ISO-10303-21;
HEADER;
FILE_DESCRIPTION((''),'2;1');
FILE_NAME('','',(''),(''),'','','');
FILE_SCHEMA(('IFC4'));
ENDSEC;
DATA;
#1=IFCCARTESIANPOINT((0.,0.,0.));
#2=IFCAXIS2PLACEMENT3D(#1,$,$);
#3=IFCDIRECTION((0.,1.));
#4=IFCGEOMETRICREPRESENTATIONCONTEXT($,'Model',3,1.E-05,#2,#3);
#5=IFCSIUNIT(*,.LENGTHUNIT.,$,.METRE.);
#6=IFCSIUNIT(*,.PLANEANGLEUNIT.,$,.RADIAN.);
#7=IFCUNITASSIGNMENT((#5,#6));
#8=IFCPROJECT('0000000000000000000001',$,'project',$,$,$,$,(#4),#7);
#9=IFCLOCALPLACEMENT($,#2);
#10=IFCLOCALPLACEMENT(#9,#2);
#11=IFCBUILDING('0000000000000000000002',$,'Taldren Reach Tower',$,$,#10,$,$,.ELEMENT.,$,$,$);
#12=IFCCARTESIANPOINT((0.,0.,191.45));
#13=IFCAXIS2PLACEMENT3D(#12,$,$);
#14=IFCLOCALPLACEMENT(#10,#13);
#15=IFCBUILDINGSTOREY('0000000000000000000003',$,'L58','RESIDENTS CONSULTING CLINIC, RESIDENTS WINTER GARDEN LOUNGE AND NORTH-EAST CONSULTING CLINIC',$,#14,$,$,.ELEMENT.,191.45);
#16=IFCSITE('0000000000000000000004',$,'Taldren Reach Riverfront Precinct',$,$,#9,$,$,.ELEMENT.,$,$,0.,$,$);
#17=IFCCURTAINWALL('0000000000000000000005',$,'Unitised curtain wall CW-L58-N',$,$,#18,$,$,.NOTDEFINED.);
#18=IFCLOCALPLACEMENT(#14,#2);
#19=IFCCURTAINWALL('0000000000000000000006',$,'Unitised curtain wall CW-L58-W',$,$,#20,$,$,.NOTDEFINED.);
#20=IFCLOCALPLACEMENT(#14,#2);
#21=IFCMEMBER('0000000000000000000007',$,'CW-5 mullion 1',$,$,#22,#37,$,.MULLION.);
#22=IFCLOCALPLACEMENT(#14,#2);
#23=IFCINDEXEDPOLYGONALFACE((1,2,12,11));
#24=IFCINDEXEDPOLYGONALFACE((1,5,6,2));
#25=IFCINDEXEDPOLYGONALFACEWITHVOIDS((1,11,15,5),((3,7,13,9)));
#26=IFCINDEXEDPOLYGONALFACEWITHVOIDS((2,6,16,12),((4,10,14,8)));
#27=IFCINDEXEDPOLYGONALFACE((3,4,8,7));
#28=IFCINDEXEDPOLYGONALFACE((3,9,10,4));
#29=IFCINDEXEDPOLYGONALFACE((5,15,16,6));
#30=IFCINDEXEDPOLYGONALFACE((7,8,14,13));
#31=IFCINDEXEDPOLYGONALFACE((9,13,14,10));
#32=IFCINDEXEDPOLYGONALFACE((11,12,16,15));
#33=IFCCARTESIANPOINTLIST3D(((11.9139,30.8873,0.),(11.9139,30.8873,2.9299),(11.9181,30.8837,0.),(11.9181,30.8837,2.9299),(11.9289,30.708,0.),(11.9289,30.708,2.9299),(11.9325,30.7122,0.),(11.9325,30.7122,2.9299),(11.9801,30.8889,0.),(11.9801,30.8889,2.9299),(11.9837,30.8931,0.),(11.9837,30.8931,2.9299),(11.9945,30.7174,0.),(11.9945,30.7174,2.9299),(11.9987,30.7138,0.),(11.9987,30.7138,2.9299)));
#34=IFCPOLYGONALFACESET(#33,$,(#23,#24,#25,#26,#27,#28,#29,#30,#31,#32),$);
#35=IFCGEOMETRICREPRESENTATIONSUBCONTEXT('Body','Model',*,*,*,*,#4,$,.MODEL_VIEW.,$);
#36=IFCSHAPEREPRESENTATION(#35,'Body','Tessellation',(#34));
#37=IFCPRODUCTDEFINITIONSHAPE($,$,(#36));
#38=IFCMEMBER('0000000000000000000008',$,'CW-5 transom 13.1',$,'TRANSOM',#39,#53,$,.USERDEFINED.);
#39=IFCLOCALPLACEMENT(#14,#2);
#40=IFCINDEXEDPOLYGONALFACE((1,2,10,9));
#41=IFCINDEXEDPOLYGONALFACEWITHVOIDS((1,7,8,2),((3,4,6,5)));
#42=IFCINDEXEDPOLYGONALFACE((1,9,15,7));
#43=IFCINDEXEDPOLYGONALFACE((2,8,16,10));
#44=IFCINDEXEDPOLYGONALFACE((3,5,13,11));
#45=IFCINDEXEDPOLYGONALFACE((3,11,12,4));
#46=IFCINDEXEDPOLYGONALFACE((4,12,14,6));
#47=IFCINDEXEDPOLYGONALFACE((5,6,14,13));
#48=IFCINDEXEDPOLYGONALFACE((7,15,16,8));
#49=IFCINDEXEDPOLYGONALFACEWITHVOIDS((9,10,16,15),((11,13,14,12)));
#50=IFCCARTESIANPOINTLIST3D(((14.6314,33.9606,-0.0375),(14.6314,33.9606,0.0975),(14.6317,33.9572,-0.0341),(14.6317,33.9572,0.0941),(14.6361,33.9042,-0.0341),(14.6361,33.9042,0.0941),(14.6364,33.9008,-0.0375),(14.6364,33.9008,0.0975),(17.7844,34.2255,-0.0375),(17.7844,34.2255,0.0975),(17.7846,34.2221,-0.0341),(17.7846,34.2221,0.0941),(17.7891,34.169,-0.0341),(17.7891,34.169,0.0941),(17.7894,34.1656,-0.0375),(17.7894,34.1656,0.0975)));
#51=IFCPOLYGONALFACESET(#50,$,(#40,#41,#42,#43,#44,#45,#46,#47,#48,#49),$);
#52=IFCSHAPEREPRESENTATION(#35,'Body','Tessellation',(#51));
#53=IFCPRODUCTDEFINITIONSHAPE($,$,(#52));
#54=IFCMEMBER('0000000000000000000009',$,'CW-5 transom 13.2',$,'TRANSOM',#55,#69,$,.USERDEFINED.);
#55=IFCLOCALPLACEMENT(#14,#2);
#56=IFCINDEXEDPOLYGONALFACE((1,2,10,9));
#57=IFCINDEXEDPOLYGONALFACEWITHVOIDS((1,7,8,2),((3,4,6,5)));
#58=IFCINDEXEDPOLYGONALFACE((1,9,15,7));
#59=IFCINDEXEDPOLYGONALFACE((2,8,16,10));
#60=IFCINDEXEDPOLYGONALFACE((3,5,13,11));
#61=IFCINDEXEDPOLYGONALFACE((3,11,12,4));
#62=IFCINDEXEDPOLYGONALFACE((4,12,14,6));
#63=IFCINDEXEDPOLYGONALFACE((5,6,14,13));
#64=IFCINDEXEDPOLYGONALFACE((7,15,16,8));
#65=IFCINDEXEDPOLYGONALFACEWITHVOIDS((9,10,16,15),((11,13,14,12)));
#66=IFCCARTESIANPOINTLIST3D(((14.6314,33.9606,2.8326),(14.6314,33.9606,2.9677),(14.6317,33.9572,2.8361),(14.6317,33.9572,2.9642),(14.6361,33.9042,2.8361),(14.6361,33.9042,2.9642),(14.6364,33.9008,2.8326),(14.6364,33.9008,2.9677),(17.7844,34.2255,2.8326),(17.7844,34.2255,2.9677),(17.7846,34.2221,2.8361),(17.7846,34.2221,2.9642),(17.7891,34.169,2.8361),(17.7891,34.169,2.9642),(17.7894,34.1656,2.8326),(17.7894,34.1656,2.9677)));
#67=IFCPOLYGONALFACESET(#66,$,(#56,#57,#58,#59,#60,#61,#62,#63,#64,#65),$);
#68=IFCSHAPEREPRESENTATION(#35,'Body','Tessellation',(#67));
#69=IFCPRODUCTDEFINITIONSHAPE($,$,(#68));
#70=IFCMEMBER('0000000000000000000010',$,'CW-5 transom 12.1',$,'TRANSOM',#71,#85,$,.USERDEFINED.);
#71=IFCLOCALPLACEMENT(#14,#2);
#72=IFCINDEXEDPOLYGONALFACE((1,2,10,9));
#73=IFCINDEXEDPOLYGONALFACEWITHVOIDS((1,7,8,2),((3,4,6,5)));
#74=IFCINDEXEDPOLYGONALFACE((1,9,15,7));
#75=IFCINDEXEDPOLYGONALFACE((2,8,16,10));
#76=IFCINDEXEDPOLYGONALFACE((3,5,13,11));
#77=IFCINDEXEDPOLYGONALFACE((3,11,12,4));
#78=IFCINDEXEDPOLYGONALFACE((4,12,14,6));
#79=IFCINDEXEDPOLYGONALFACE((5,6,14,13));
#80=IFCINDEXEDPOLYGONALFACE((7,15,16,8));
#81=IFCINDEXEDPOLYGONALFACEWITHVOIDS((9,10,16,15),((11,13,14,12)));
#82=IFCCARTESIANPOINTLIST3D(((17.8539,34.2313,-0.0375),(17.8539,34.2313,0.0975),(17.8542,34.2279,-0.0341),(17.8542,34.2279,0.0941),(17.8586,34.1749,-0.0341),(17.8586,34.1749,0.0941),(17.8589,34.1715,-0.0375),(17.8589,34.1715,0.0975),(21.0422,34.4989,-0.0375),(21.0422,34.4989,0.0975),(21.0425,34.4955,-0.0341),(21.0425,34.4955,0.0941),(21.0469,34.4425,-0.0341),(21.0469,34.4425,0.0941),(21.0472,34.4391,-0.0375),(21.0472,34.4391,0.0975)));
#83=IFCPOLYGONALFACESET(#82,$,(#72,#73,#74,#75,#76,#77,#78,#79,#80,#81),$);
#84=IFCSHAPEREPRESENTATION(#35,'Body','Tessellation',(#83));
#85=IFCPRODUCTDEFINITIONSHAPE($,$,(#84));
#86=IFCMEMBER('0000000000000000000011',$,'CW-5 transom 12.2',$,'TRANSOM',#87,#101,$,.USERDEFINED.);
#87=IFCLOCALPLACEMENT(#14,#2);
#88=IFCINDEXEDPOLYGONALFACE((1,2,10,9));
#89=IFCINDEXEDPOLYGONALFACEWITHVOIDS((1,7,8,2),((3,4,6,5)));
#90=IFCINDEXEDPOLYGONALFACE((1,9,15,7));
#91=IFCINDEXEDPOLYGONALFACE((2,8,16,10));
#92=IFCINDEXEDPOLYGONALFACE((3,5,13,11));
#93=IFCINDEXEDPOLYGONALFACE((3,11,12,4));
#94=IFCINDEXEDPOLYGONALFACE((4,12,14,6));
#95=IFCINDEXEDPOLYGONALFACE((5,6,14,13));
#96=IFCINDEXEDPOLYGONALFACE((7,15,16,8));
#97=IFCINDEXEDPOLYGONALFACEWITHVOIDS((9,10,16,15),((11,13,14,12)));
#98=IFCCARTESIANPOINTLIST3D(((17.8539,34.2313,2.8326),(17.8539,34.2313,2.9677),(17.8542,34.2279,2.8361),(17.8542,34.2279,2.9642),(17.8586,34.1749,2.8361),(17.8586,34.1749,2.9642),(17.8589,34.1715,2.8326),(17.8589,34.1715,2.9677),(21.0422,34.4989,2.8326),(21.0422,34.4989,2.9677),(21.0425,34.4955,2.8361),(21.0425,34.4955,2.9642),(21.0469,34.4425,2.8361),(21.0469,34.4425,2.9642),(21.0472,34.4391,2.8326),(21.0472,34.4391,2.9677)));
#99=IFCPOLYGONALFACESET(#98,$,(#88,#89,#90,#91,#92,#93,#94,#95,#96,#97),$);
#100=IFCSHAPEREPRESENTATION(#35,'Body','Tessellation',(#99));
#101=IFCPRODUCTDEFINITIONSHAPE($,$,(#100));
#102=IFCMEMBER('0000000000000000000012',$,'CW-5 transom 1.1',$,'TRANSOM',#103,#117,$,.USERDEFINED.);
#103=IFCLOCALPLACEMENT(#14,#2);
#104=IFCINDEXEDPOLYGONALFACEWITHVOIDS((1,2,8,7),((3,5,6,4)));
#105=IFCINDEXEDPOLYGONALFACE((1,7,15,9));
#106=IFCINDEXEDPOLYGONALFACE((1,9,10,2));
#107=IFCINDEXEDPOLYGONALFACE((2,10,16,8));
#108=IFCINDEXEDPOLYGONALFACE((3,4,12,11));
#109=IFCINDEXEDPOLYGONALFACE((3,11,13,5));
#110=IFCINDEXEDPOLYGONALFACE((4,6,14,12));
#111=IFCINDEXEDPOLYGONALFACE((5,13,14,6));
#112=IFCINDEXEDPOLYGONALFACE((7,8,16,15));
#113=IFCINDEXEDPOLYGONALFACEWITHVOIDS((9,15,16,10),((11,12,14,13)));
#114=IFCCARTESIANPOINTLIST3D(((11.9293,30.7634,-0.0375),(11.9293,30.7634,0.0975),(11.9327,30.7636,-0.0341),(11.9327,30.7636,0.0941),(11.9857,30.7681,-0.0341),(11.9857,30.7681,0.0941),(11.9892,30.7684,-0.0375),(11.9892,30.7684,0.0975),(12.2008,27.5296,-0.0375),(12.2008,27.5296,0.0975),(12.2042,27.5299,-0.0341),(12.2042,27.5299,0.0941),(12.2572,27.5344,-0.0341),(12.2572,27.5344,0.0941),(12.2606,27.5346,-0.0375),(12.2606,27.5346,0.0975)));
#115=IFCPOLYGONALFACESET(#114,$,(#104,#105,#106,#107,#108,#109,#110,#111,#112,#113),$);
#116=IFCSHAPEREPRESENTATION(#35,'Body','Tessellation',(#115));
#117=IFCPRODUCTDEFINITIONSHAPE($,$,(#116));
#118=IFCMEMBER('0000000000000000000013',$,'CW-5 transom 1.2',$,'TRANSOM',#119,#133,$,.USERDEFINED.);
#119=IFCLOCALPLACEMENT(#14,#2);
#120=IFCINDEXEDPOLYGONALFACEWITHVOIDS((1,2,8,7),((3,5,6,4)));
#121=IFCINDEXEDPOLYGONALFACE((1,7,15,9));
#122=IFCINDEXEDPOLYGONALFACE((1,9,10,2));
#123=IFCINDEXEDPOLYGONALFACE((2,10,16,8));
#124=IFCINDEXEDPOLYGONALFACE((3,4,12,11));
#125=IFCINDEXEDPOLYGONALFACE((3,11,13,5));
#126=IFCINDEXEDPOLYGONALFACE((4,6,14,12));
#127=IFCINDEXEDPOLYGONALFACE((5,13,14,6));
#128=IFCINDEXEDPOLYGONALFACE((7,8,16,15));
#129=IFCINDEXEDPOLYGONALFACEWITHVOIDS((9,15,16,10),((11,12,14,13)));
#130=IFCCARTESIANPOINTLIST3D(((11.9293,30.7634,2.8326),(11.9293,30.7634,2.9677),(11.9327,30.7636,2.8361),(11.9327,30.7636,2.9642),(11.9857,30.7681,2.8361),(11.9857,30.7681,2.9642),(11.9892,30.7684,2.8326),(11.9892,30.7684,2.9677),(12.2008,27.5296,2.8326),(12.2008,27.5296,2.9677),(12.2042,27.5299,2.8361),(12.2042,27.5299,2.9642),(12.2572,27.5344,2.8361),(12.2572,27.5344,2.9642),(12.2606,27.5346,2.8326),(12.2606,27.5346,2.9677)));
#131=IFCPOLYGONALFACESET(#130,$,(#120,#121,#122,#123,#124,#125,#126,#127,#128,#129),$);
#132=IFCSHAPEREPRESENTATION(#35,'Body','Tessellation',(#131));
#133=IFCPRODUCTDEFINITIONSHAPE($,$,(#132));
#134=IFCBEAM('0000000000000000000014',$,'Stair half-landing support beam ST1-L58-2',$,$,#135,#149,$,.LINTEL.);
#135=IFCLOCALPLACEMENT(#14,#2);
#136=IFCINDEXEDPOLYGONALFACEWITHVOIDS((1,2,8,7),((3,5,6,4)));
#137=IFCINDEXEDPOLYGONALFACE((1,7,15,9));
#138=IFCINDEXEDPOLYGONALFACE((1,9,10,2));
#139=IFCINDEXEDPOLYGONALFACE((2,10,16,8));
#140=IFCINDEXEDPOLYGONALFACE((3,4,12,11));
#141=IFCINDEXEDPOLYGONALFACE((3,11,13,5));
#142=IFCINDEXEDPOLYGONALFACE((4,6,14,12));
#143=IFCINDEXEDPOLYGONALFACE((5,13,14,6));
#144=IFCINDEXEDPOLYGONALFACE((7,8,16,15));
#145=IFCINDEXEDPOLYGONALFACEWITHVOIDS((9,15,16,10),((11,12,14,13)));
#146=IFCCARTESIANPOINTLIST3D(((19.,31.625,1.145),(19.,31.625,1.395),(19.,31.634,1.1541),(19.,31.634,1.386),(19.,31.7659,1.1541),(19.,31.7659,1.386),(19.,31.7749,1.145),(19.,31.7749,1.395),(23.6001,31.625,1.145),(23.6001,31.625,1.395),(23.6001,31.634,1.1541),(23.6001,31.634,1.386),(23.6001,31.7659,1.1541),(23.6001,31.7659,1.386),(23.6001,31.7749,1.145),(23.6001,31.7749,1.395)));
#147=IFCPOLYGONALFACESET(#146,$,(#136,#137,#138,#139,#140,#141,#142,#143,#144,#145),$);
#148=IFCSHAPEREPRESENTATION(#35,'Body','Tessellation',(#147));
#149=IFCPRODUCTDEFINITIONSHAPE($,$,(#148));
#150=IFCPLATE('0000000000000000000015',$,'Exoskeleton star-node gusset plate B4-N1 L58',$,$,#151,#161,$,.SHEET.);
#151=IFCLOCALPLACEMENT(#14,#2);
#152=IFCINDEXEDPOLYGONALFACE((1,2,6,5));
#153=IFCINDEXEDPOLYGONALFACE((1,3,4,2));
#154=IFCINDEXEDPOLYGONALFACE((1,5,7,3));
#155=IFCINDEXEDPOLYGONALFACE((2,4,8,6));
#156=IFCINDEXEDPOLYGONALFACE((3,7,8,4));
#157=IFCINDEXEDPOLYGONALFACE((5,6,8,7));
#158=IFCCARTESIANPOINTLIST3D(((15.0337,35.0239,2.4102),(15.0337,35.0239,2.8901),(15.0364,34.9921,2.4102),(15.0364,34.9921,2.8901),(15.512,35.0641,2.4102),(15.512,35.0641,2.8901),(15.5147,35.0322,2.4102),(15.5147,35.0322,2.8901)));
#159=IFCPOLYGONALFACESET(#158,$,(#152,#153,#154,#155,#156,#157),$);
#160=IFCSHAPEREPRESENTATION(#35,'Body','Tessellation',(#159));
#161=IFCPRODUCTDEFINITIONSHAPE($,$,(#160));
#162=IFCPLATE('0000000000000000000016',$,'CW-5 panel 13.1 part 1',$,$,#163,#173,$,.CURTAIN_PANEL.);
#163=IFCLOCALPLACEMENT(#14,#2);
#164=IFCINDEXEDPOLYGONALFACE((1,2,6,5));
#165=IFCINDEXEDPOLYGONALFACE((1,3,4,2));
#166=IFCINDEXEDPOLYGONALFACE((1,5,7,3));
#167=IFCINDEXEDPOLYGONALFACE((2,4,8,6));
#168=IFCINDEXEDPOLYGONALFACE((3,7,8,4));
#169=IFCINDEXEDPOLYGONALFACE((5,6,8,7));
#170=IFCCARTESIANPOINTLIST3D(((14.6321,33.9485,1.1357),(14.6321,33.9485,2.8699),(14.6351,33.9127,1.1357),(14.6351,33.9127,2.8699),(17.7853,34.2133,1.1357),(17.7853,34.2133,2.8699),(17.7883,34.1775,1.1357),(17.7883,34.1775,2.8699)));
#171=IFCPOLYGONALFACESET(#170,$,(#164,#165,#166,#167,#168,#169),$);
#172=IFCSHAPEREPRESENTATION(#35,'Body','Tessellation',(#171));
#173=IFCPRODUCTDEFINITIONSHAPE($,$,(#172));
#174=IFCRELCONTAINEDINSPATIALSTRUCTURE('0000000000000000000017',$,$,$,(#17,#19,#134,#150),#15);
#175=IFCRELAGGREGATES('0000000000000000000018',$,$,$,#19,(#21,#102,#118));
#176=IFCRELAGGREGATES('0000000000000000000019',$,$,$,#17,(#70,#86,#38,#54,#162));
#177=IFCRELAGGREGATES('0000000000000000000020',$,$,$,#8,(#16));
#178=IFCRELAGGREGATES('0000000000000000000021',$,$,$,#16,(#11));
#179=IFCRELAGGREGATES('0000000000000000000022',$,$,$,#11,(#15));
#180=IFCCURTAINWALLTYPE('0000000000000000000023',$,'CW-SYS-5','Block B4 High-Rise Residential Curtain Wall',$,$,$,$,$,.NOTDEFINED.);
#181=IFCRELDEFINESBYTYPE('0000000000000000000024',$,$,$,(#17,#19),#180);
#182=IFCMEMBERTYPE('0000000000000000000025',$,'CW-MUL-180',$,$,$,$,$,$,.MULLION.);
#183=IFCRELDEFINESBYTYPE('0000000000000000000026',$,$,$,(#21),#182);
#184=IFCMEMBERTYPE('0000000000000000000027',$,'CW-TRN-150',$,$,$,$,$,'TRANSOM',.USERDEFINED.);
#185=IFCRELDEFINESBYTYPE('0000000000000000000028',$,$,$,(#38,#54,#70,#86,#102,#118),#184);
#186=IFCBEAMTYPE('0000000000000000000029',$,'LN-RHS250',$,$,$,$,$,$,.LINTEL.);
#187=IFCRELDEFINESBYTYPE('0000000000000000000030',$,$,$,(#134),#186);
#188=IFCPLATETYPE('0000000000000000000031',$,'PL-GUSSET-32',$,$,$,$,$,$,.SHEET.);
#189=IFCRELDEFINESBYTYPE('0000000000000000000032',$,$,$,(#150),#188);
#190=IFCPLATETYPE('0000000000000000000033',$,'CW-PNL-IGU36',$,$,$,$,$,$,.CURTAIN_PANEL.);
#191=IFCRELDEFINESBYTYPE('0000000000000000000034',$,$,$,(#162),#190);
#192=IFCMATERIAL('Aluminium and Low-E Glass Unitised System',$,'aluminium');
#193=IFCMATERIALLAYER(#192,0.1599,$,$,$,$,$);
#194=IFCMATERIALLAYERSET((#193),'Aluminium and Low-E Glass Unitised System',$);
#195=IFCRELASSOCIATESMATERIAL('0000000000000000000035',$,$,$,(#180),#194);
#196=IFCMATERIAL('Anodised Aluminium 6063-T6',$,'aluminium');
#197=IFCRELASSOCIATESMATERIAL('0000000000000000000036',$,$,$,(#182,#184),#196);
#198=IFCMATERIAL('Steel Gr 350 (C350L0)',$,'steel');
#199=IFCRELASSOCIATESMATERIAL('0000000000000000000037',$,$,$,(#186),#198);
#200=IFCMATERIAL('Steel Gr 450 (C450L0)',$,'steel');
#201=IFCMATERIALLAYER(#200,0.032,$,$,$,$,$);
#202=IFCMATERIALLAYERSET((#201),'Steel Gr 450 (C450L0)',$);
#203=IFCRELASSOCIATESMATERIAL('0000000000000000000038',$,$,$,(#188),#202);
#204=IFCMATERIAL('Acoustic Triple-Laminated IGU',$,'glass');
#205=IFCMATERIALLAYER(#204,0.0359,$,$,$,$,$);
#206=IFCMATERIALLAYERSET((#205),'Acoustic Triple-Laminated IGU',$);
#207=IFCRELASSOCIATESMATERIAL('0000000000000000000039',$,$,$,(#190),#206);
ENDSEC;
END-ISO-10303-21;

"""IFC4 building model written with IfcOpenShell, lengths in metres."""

from ifc_helpers import new_model, si_unit, direction, frame, origin, origin_2d, place, context, subcontext, project, spatial, rectangle, hollow_rectangle, extrude, source, transform, mapped, material, layer, layer_set, material_profile, profile_set, type_object, element, aggregate, save


model = new_model("IFC4")

# Units and contexts
model_context = context("Model", 3, precision=1e-05, world=origin(), true_north=direction((0.0, 1.0)))
body_context = subcontext(model_context, "Body", "Model", "MODEL_VIEW")
ifc_project = project(units=[si_unit("LENGTHUNIT", "METRE"), si_unit("PLANEANGLEUNIT", "RADIAN")], contexts=[model_context])

# Site, building, storey
site_placement = place(None, origin())
site = spatial("IfcSite", under=ifc_project, at=site_placement, Name="Taldren Reach Riverfront Precinct", CompositionType="ELEMENT", RefElevation=0.0)
building_placement = place(site_placement, origin())
building = spatial("IfcBuilding", under=site, at=building_placement, Name="Taldren Reach Tower", CompositionType="ELEMENT")
storey_placement = place(building_placement, frame((0.0, 0.0, 191.45)))
storey = spatial("IfcBuildingStorey", under=building, at=storey_placement, Name="L58", Description="RESIDENTS CONSULTING CLINIC, RESIDENTS WINTER GARDEN LOUNGE AND NORTH-EAST CONSULTING CLINIC", CompositionType="ELEMENT", Elevation=191.45)

# Shared definitions
ifc_material_1 = material(Name="Steel Gr 450 (C450L0)", Category="steel")
ifc_material_2 = material(Name="Steel Gr 350 (C350L0)", Category="steel")

# Curtain wall
ifc_material_3 = material(Name="Aluminium and Low-E Glass Unitised System", Category="aluminium")
ifc_layer_1 = layer(ifc_material_3, 0.1599)
ifc_layer_set_1 = layer_set([ifc_layer_1], Name="Aluminium and Low-E Glass Unitised System")
curtain_wall_type = type_object("IfcCurtainWallType", Name="CW-SYS-5", Description="Block B4 High-Rise Residential Curtain Wall", PredefinedType="NOTDEFINED", material=ifc_layer_set_1)
curtain_wall_1_placement = place(storey_placement, origin())
curtain_wall_1 = element("IfcCurtainWall", 1, at=curtain_wall_1_placement, inside=storey, type_object=curtain_wall_type, Name="Unitised curtain wall CW-L58-N", PredefinedType="NOTDEFINED")
ifc_material_4 = material(Name="Anodised Aluminium 6063-T6", Category="aluminium")
ifc_material_profile_1 = material_profile(ifc_material_4, hollow_rectangle(XDim=0.0701, YDim=0.1799, WallThickness=0.0039, at=origin_2d()), Name="ALU-180x70x4RHS")
ifc_profile_set_1 = profile_set([ifc_material_profile_1], Name="Anodised Aluminium 6063-T6")
member_type_1 = type_object("IfcMemberType", Name="CW-MUL-180", PredefinedType="MULLION", material=ifc_profile_set_1)
shared_shape_1 = source(origin(), body_context, "Body", "SweptSolid", [
    extrude(hollow_rectangle(XDim=0.0701, YDim=0.1799, WallThickness=0.0039, at=origin_2d()), origin(), (0.0, 0.0, 1.0), 2.9299),
])

# Curtain wall, member
curtain_wall_2_placement = place(storey_placement, origin())
curtain_wall_2 = element("IfcCurtainWall", 2, at=curtain_wall_2_placement, inside=storey, type_object=curtain_wall_type, Name="Unitised curtain wall CW-L58-W", PredefinedType="NOTDEFINED")
member_1_placement = place(storey_placement, frame((11.9563, 30.8005, 0.0), z_axis=(0.0, 0.0, 1.0), x_axis=(0.996493, 0.083678, 0.0)))
member_1 = element("IfcMember", 3, at=member_1_placement, type_object=member_type_1, Name="CW-5 mullion 1", PredefinedType="MULLION", context=body_context, shape_type="MappedRepresentation", body=[
    mapped(shared_shape_1, transform((0.0, 0.0, 0.0), scale=1.0)),
])

# Members
ifc_material_profile_2 = material_profile(ifc_material_4, hollow_rectangle(XDim=0.0601, YDim=0.135, WallThickness=0.0034, at=origin_2d()), Name="ALU-135x60x3.5RHS")
ifc_profile_set_2 = profile_set([ifc_material_profile_2], Name="Anodised Aluminium 6063-T6")
member_type_2 = type_object("IfcMemberType", Name="CW-TRN-150", ElementType="TRANSOM", PredefinedType="USERDEFINED", material=ifc_profile_set_2)
shared_shape_2 = source(origin(), body_context, "Body", "SweptSolid", [
    extrude(hollow_rectangle(XDim=0.0601, YDim=0.135, WallThickness=0.0034, at=origin_2d()), origin(), (0.0, 0.0, 1.0), 3.1641),
])
member_2_placement = place(storey_placement, frame((17.7869, 34.1956, 0.03), z_axis=(-0.99649, -0.083716, 0.0), x_axis=(0.083716, -0.99649, 0.0)))
member_2 = element("IfcMember", 4, at=member_2_placement, type_object=member_type_2, Name="CW-5 transom 13.1", ObjectType="TRANSOM", PredefinedType="USERDEFINED", context=body_context, shape_type="MappedRepresentation", body=[
    mapped(shared_shape_2, transform((0.0, 0.0, 0.0), scale=1.0)),
])
member_3_placement = place(storey_placement, frame((17.7869, 34.1956, 2.9001), z_axis=(-0.99649, -0.083716, 0.0), x_axis=(0.083716, -0.99649, 0.0)))
member_3 = element("IfcMember", 5, at=member_3_placement, type_object=member_type_2, Name="CW-5 transom 13.2", ObjectType="TRANSOM", PredefinedType="USERDEFINED", context=body_context, shape_type="MappedRepresentation", body=[
    mapped(shared_shape_2, transform((0.0, 0.0, 0.0), scale=1.0)),
])
shared_shape_3 = source(origin(), body_context, "Body", "SweptSolid", [
    extrude(hollow_rectangle(XDim=0.0601, YDim=0.135, WallThickness=0.0034, at=origin_2d()), origin(), (0.0, 0.0, 1.0), 3.1995),
])
member_4_placement = place(storey_placement, frame((21.0447, 34.469, 0.03), z_axis=(-0.996497, -0.083633, 0.0), x_axis=(0.083633, -0.996497, 0.0)))
member_4 = element("IfcMember", 6, at=member_4_placement, type_object=member_type_2, Name="CW-5 transom 12.1", ObjectType="TRANSOM", PredefinedType="USERDEFINED", context=body_context, shape_type="MappedRepresentation", body=[
    mapped(shared_shape_3, transform((0.0, 0.0, 0.0), scale=1.0)),
])
member_5_placement = place(storey_placement, frame((21.0447, 34.469, 2.9001), z_axis=(-0.996497, -0.083633, 0.0), x_axis=(0.083633, -0.996497, 0.0)))
member_5 = element("IfcMember", 7, at=member_5_placement, type_object=member_type_2, Name="CW-5 transom 12.2", ObjectType="TRANSOM", PredefinedType="USERDEFINED", context=body_context, shape_type="MappedRepresentation", body=[
    mapped(shared_shape_3, transform((0.0, 0.0, 0.0), scale=1.0)),
])
shared_shape_4 = source(origin(), body_context, "Body", "SweptSolid", [
    extrude(hollow_rectangle(XDim=0.0601, YDim=0.135, WallThickness=0.0034, at=origin_2d()), origin(), (0.0, 0.0, 1.0), 3.2451),
])
member_6_placement = place(storey_placement, frame((11.9592, 30.7659, 0.03), z_axis=(0.083662, -0.996494, 0.0), x_axis=(0.996494, 0.083662, 0.0)))
member_6 = element("IfcMember", 8, at=member_6_placement, type_object=member_type_2, Name="CW-5 transom 1.1", ObjectType="TRANSOM", PredefinedType="USERDEFINED", context=body_context, shape_type="MappedRepresentation", body=[
    mapped(shared_shape_4, transform((0.0, 0.0, 0.0), scale=1.0)),
])
member_7_placement = place(storey_placement, frame((11.9592, 30.7659, 2.9001), z_axis=(0.083662, -0.996494, 0.0), x_axis=(0.996494, 0.083662, 0.0)))
member_7 = element("IfcMember", 9, at=member_7_placement, type_object=member_type_2, Name="CW-5 transom 1.2", ObjectType="TRANSOM", PredefinedType="USERDEFINED", context=body_context, shape_type="MappedRepresentation", body=[
    mapped(shared_shape_4, transform((0.0, 0.0, 0.0), scale=1.0)),
])
aggregate(curtain_wall_2, [member_1, member_6, member_7])

# Beam
ifc_material_profile_3 = material_profile(ifc_material_2, hollow_rectangle(XDim=0.1499, YDim=0.25, WallThickness=0.009, at=origin_2d()), Name="250x150x9.0RHS")
ifc_profile_set_3 = profile_set([ifc_material_profile_3], Name="Steel Gr 350 (C350L0)")
beam_type_1 = type_object("IfcBeamType", Name="LN-RHS250", PredefinedType="LINTEL", material=ifc_profile_set_3)
shared_shape_5 = source(origin(), body_context, "Body", "SweptSolid", [
    extrude(hollow_rectangle(XDim=0.1499, YDim=0.25, WallThickness=0.009, at=origin_2d()), origin(), (0.0, 0.0, 1.0), 4.6001),
])
beam_1_placement = place(storey_placement, frame((19.0, 31.7, 1.27), z_axis=(1.0, 0.0, 0.0), x_axis=(0.0, 1.0, 0.0)))
element("IfcBeam", 10, at=beam_1_placement, inside=storey, type_object=beam_type_1, Name="Stair half-landing support beam ST1-L58-2", PredefinedType="LINTEL", context=body_context, shape_type="MappedRepresentation", body=[
    mapped(shared_shape_5, transform((0.0, 0.0, 0.0), scale=1.0)),
])

# Plates
ifc_layer_2 = layer(ifc_material_1, 0.032)
ifc_layer_set_2 = layer_set([ifc_layer_2], Name="Steel Gr 450 (C450L0)")
plate_type_1 = type_object("IfcPlateType", Name="PL-GUSSET-32", PredefinedType="SHEET", material=ifc_layer_set_2)
shared_shape_6 = source(origin(), body_context, "Body", "SweptSolid", [
    extrude(rectangle(XDim=0.48, YDim=0.032, at=origin_2d()), origin(), (0.0, 0.0, 1.0), 0.48),
])
plate_1_placement = place(storey_placement, frame((15.2742, 35.0281, 2.4102), z_axis=(0.0, 0.0, 1.0), x_axis=(0.996493, 0.083678, 0.0)))
element("IfcPlate", 11, at=plate_1_placement, inside=storey, type_object=plate_type_1, Name="Exoskeleton star-node gusset plate B4-N1 L58", PredefinedType="SHEET", context=body_context, shape_type="MappedRepresentation", body=[
    mapped(shared_shape_6, transform((0.0, 0.0, 0.0), scale=1.0)),
])
ifc_material_5 = material(Name="Acoustic Triple-Laminated IGU", Category="glass")
ifc_layer_3 = layer(ifc_material_5, 0.0359)
ifc_layer_set_3 = layer_set([ifc_layer_3], Name="Acoustic Triple-Laminated IGU")
plate_type_2 = type_object("IfcPlateType", Name="CW-PNL-IGU36", PredefinedType="CURTAIN_PANEL", material=ifc_layer_set_3)
shared_shape_7 = source(origin(), body_context, "Body", "SweptSolid", [
    extrude(rectangle(XDim=3.1643, YDim=0.0359, at=origin_2d()), origin(), (0.0, 0.0, 1.0), 1.7341),
])
plate_2_placement = place(storey_placement, frame((16.2102, 34.063, 1.1357), z_axis=(0.0, 0.0, 1.0), x_axis=(-0.996493, -0.083678, 0.0)))
plate_2 = element("IfcPlate", 12, at=plate_2_placement, type_object=plate_type_2, Name="CW-5 panel 13.1 part 1", PredefinedType="CURTAIN_PANEL", context=body_context, shape_type="MappedRepresentation", body=[
    mapped(shared_shape_7, transform((0.0, 0.0, 0.0), scale=1.0)),
])
aggregate(curtain_wall_1, [member_4, member_5, member_2, member_3, plate_2])

save(model, "model.ifc")
